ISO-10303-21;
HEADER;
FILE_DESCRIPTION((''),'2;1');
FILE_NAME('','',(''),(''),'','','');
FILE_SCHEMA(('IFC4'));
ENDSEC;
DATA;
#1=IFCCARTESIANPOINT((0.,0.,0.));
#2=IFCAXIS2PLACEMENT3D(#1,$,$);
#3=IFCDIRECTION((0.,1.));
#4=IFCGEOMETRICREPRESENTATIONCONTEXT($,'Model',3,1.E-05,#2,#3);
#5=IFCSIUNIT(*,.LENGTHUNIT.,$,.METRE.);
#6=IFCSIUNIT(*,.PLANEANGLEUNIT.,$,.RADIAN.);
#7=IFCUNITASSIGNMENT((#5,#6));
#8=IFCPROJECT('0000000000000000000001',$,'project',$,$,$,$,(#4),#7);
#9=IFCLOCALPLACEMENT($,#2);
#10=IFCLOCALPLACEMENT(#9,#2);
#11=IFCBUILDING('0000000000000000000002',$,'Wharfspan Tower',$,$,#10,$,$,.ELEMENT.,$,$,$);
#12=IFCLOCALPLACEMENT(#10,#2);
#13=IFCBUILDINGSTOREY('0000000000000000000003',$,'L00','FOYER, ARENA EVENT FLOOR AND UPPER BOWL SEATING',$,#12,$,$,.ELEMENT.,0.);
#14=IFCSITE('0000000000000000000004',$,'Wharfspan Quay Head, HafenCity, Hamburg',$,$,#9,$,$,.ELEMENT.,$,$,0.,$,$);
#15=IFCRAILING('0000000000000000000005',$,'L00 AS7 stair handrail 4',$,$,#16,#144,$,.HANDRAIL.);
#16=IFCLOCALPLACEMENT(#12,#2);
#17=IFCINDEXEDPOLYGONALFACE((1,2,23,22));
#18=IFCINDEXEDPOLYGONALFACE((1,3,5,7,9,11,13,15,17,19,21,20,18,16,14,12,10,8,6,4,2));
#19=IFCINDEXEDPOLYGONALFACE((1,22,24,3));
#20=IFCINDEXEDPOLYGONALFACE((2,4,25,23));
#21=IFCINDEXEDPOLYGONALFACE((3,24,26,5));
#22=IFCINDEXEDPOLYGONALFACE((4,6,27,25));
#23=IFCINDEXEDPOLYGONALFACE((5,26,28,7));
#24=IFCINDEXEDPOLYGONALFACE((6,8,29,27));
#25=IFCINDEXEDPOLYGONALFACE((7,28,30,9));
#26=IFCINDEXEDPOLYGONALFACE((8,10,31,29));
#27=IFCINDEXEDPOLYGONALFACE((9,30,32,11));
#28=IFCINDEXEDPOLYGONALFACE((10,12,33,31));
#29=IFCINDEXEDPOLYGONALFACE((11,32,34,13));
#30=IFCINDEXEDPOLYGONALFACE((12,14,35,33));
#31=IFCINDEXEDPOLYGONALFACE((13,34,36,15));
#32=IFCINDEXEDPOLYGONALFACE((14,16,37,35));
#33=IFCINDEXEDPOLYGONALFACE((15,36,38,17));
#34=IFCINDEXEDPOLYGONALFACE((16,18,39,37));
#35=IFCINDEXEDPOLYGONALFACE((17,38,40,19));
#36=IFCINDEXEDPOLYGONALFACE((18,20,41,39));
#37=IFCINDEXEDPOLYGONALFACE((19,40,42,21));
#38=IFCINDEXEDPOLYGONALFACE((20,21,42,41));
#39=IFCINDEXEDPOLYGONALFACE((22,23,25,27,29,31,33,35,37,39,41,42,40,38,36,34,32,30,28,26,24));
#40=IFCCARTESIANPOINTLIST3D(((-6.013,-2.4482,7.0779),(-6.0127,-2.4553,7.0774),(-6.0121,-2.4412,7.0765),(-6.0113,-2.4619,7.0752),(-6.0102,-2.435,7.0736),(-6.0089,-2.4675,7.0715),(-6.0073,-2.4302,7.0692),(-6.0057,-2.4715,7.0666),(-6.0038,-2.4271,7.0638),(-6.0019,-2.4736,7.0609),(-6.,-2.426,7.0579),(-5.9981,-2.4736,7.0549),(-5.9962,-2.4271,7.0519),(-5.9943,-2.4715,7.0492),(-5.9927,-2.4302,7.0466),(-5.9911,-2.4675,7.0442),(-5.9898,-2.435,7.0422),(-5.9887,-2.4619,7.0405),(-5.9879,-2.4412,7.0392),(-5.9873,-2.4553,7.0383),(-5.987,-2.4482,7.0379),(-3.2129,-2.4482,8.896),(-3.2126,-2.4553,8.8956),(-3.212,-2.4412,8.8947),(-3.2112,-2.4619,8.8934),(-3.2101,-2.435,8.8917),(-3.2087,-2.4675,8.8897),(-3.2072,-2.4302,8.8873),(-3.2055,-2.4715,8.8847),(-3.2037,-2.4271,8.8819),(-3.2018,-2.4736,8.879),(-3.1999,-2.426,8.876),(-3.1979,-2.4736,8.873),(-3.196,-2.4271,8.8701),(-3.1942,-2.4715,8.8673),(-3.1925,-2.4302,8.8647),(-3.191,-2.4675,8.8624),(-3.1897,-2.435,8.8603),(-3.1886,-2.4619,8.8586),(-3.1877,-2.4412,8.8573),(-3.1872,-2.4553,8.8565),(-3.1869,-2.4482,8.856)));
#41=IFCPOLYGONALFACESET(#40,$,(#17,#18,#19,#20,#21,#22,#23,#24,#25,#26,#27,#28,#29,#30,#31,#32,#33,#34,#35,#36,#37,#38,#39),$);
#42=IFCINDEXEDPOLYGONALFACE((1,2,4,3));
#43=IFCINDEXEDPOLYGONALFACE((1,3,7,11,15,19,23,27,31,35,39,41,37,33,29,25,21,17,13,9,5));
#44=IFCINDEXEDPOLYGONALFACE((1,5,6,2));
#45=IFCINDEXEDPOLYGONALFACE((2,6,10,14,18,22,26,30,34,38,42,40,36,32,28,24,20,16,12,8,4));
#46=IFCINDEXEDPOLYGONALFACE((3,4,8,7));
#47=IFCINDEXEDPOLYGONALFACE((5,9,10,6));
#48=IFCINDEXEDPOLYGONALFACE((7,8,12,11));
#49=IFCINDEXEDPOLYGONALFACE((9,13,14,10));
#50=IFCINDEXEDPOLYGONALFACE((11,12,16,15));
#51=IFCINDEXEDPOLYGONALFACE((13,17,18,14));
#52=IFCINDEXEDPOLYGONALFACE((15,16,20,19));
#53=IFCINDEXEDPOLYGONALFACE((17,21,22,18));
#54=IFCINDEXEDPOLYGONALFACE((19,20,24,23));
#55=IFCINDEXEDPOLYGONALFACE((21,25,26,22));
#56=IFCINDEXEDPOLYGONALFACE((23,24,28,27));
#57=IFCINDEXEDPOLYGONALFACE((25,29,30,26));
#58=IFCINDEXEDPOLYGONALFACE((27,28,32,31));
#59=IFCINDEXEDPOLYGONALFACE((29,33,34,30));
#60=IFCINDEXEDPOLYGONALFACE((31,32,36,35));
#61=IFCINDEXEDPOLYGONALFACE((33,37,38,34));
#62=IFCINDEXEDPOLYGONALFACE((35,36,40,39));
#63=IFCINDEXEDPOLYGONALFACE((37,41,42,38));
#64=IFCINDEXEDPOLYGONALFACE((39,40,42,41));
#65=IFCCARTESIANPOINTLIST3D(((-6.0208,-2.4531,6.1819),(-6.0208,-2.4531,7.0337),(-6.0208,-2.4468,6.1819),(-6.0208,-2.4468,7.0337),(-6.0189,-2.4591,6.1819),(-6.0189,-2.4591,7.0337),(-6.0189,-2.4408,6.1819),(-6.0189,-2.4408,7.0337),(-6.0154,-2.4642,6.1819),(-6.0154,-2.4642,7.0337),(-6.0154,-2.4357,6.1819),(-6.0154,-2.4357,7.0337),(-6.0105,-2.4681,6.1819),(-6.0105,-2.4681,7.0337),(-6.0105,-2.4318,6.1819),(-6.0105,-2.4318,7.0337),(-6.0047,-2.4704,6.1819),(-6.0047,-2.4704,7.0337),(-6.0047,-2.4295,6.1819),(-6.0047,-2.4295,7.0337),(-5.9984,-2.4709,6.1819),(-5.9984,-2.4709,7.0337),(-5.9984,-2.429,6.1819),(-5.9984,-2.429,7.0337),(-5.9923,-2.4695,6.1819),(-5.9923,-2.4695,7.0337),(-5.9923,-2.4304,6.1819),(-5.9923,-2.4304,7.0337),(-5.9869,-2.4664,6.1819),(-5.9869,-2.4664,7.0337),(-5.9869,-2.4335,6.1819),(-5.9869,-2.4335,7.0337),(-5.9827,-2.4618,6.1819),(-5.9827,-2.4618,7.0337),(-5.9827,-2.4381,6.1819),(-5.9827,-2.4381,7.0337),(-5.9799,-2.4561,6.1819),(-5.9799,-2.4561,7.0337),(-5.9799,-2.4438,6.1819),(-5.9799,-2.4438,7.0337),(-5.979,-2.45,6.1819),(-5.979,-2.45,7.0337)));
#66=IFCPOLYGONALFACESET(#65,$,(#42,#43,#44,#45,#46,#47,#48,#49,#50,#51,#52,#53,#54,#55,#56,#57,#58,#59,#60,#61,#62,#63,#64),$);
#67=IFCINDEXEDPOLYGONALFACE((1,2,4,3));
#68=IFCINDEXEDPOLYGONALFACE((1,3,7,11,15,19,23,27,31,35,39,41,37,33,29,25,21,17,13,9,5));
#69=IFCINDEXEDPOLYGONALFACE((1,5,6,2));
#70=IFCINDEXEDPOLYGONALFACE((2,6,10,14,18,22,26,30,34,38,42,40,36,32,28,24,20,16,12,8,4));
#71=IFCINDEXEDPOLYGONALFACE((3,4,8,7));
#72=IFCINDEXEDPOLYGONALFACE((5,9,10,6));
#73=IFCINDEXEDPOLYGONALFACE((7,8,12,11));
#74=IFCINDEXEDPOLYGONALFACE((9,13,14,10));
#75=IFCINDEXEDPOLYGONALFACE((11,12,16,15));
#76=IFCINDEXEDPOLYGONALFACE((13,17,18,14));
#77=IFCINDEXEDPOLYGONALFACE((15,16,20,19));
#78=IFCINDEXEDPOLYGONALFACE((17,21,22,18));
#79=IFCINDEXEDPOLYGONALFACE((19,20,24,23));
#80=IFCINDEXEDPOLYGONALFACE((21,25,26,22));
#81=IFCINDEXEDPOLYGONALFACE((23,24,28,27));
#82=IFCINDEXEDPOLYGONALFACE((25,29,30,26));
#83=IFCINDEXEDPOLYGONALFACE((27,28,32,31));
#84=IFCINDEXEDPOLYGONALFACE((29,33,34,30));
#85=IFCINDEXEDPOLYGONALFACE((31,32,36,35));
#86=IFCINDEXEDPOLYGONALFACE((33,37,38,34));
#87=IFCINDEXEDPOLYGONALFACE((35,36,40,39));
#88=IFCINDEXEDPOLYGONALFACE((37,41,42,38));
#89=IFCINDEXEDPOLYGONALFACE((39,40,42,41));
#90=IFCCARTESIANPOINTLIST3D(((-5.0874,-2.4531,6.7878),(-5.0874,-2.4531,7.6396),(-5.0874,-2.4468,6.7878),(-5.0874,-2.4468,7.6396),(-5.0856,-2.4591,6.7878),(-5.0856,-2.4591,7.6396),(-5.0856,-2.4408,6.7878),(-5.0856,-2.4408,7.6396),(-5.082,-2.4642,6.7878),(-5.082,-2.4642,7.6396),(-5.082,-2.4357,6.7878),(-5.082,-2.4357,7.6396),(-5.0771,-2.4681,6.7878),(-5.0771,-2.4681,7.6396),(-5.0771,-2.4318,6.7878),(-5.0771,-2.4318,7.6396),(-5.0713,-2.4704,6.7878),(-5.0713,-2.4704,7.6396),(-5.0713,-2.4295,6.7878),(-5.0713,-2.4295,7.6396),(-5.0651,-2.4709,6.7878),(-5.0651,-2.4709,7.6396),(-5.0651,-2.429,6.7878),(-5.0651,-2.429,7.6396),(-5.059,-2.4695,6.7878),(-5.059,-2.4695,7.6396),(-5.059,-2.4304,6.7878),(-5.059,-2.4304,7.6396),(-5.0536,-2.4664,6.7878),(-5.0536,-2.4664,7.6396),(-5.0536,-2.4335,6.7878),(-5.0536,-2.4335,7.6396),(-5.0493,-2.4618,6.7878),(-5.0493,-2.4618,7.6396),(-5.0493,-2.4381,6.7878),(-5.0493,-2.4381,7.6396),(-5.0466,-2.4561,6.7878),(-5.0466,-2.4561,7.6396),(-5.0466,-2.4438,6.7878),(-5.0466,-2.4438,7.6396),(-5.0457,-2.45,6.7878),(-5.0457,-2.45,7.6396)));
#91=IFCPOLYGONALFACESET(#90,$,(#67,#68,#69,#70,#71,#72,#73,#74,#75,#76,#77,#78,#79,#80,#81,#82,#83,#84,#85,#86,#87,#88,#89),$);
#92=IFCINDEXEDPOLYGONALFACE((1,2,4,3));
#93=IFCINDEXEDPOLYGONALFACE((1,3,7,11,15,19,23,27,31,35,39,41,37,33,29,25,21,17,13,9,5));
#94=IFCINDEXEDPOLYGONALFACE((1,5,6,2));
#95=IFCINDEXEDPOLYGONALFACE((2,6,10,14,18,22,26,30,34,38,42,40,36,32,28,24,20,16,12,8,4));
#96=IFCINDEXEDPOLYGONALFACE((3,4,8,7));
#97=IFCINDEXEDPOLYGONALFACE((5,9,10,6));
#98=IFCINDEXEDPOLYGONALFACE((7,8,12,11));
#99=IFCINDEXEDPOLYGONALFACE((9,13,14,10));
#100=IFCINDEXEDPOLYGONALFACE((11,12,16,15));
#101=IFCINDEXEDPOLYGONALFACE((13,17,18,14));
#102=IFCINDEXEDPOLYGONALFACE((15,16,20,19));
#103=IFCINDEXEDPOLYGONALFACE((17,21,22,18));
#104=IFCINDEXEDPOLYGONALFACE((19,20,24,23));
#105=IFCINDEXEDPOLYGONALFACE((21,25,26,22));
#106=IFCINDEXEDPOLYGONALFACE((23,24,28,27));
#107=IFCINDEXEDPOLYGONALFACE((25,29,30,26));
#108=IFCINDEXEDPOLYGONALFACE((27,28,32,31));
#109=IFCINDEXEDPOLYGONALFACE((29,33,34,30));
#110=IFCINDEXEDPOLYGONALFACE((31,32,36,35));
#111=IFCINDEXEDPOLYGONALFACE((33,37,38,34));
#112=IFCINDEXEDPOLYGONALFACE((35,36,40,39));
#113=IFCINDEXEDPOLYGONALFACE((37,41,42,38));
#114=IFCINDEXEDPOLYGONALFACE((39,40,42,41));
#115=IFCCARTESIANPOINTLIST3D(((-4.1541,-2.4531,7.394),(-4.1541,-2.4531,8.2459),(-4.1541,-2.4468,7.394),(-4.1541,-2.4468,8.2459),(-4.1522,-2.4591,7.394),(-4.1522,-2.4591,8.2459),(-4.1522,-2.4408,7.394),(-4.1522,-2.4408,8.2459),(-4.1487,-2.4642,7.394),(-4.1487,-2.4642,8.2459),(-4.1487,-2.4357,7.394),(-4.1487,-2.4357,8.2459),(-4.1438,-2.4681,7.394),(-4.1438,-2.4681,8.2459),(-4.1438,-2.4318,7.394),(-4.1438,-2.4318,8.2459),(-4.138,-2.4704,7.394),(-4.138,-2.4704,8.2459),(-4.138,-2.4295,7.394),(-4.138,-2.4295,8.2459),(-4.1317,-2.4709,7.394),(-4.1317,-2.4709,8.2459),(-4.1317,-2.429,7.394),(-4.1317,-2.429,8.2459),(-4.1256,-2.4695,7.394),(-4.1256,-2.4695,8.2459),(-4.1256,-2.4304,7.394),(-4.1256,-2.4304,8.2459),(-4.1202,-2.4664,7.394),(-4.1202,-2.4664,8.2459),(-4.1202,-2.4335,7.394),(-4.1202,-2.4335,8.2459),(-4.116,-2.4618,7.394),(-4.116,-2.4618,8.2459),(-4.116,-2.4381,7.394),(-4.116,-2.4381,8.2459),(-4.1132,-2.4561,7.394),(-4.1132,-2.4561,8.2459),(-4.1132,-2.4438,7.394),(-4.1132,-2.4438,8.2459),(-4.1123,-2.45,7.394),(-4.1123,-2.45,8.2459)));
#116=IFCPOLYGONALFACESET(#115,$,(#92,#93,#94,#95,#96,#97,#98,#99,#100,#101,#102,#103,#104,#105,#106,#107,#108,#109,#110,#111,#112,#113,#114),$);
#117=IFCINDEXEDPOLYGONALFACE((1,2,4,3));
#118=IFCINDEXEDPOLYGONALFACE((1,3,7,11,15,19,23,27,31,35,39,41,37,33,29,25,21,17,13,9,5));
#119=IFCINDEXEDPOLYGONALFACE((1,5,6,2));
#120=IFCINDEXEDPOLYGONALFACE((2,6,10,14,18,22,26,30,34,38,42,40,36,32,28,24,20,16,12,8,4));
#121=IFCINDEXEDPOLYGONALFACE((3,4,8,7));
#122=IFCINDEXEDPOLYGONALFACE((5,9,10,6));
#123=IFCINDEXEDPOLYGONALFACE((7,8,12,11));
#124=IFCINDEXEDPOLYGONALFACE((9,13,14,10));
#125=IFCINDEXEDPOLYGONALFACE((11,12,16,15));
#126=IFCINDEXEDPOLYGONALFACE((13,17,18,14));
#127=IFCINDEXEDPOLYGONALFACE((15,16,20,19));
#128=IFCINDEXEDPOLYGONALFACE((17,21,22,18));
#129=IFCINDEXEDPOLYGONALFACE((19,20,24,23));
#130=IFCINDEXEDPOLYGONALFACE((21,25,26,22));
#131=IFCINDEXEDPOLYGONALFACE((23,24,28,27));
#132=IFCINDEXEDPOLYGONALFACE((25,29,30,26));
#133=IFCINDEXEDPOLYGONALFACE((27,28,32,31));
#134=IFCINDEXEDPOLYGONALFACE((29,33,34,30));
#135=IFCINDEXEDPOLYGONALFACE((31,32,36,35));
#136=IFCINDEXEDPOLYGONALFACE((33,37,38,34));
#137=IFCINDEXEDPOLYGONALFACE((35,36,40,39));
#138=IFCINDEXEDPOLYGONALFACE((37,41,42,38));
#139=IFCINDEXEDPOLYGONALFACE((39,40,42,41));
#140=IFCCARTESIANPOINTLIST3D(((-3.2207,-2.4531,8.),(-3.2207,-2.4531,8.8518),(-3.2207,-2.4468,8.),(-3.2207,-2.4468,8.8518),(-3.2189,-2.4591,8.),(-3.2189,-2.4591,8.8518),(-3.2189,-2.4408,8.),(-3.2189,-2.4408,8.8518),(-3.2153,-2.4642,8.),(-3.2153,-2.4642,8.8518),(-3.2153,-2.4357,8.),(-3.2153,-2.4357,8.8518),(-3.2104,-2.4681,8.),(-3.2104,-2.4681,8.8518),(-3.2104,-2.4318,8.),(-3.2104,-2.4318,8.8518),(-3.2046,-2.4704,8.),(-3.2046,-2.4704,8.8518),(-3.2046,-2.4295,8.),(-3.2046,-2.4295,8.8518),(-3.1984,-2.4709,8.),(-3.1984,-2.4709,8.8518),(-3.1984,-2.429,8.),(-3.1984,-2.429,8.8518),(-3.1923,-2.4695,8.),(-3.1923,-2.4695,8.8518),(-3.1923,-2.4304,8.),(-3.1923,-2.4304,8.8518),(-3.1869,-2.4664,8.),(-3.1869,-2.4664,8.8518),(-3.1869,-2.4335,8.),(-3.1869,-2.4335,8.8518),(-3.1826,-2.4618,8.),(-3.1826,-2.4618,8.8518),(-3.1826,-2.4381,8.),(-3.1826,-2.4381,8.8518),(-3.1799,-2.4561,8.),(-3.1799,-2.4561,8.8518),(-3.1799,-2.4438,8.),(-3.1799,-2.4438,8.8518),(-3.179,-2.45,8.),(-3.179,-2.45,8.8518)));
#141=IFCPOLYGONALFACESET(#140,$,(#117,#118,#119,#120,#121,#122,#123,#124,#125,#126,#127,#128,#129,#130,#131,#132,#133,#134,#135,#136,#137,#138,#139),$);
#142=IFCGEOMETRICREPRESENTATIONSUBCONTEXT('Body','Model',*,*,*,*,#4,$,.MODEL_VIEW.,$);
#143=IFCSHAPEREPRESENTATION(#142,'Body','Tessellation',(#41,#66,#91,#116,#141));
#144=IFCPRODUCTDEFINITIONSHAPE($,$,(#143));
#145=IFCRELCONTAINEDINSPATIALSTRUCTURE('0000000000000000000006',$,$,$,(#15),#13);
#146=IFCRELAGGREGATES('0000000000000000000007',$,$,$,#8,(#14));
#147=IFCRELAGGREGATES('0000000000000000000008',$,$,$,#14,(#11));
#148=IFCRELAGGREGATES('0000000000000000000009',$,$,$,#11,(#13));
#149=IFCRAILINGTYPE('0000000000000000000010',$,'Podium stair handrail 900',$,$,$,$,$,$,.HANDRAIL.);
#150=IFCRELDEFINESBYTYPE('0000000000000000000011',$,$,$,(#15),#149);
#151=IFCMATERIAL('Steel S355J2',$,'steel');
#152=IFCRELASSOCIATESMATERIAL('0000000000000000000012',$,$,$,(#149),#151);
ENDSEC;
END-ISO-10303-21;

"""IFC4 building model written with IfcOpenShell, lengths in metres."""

from ifc_helpers import new_model, si_unit, direction, frame, origin, origin_2d, place, context, subcontext, project, spatial, circle, extrude, material, type_object, element, save


model = new_model("IFC4")

# Units and contexts
model_context = context("Model", 3, precision=1e-05, world=origin(), true_north=direction((0.0, 1.0)))
body_context = subcontext(model_context, "Body", "Model", "MODEL_VIEW")
ifc_project = project(units=[si_unit("LENGTHUNIT", "METRE"), si_unit("PLANEANGLEUNIT", "RADIAN")], contexts=[model_context])

# Site, building, storey
site_placement = place(None, origin())
site = spatial("IfcSite", under=ifc_project, at=site_placement, Name="Wharfspan Quay Head, HafenCity, Hamburg", CompositionType="ELEMENT", RefElevation=0.0)
building_placement = place(site_placement, origin())
building = spatial("IfcBuilding", under=site, at=building_placement, Name="Wharfspan Tower", CompositionType="ELEMENT")
storey_placement = place(building_placement, origin())
storey = spatial("IfcBuildingStorey", under=building, at=storey_placement, Name="L00", Description="FOYER, ARENA EVENT FLOOR AND UPPER BOWL SEATING", CompositionType="ELEMENT", Elevation=0.0)

# Shared definitions
ifc_material_1 = material(Name="Steel S355J2", Category="steel")

# Railing
railing_type_1 = type_object("IfcRailingType", Name="Podium stair handrail 900", PredefinedType="HANDRAIL", material=ifc_material_1)
for number, where, name in (
    (1, (-6.0, -2.45, 6.1819), "L00 AS7 stair handrail 4"),
):
    element("IfcRailing", number, at=place(storey_placement, frame(where)), inside=storey, type_object=railing_type_1, Name=name, PredefinedType="HANDRAIL", context=body_context, shape_type="SweptSolid", body=[
        extrude(circle(Radius=0.0239, at=origin_2d()), frame((0.0, 0.0, 0.876), z_axis=(0.838706, 0.0, 0.544585), x_axis=(0.0, 1.0, 0.0)), (0.0, 0.0, 1.0), 3.3386),
        extrude(circle(Radius=0.021, at=origin_2d()), origin(), (0.0, 0.0, 1.0), 0.8518),
        extrude(circle(Radius=0.021, at=origin_2d()), frame((0.9334, 0.0, 0.606)), (0.0, 0.0, 1.0), 0.8518),
        extrude(circle(Radius=0.021, at=origin_2d()), frame((1.8667, 0.0, 1.2122)), (0.0, 0.0, 1.0), 0.8518),
        extrude(circle(Radius=0.021, at=origin_2d()), frame((2.8, 0.0, 1.8181)), (0.0, 0.0, 1.0), 0.8518),
    ])

save(model, "model.ifc")
